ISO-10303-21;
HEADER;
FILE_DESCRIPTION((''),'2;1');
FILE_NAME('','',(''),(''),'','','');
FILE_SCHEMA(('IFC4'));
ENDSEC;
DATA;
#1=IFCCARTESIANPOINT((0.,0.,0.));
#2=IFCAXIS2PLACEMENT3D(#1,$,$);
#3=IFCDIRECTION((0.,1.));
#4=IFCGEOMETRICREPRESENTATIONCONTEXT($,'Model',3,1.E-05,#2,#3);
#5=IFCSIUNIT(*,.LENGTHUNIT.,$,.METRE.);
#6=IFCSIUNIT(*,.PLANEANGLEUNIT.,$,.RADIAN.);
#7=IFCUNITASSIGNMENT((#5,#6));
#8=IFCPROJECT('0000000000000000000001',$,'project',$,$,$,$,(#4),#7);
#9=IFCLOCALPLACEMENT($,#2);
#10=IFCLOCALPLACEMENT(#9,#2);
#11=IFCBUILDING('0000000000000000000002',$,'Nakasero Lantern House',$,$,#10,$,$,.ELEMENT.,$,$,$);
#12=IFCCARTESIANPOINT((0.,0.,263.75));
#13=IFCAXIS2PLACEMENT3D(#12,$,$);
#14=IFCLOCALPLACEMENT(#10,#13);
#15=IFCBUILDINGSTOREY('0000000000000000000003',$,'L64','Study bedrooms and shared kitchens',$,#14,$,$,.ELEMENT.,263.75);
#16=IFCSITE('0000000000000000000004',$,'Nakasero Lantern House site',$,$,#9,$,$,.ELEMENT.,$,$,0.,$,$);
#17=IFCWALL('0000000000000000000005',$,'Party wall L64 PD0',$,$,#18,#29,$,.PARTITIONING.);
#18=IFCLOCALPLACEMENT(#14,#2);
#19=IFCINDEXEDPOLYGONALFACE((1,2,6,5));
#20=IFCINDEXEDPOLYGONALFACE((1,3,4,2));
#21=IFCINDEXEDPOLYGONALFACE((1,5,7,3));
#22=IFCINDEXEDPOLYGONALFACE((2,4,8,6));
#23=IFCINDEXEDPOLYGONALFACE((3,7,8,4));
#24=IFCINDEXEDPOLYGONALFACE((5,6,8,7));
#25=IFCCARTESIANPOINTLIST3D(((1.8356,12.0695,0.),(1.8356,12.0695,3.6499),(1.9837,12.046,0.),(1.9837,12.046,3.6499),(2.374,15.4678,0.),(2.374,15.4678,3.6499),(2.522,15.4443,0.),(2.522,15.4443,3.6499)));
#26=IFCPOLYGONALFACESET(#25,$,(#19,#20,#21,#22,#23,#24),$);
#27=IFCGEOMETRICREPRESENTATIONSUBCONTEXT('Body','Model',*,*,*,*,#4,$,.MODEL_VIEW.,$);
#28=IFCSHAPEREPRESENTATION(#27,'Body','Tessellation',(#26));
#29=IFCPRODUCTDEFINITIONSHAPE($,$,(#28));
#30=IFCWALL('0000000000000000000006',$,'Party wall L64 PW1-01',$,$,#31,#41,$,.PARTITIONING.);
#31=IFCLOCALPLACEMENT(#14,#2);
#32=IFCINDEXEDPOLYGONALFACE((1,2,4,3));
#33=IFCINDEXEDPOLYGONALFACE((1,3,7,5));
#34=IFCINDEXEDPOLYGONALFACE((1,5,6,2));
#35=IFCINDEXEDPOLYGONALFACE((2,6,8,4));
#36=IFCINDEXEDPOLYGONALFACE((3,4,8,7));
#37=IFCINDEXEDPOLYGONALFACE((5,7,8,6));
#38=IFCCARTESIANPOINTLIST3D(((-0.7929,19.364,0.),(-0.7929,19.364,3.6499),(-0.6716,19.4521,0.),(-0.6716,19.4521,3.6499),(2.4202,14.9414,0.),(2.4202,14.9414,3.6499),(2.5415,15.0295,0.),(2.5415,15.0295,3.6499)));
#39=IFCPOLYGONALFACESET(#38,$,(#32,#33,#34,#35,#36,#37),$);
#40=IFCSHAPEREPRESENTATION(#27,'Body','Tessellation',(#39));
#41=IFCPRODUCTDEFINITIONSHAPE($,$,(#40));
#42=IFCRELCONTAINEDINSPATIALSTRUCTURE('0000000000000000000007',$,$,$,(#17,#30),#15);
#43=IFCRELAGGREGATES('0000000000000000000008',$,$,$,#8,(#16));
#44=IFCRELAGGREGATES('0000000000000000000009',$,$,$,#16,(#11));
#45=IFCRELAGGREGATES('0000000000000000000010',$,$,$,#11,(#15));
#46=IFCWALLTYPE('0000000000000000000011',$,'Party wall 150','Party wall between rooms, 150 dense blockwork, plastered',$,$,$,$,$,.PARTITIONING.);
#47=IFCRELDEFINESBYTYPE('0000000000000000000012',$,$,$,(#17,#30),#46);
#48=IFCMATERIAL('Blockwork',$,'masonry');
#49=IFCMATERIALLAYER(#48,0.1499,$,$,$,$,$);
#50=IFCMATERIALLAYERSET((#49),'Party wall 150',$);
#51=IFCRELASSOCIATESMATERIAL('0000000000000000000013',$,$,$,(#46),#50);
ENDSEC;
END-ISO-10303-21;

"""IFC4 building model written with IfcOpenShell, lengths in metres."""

from ifc_helpers import new_model, si_unit, direction, frame, frame_2d, origin, place, context, subcontext, project, spatial, rectangle, extrude, material, layer, layer_set, type_object, element, save


model = new_model("IFC4")

# Units and contexts
model_context = context("Model", 3, precision=1e-05, world=origin(), true_north=direction((0.0, 1.0)))
body_context = subcontext(model_context, "Body", "Model", "MODEL_VIEW")
ifc_project = project(units=[si_unit("LENGTHUNIT", "METRE"), si_unit("PLANEANGLEUNIT", "RADIAN")], contexts=[model_context])

# Site, building, storey
site_placement = place(None, origin())
site = spatial("IfcSite", under=ifc_project, at=site_placement, Name="Nakasero Lantern House site", CompositionType="ELEMENT", RefElevation=0.0)
building_placement = place(site_placement, origin())
building = spatial("IfcBuilding", under=site, at=building_placement, Name="Nakasero Lantern House", CompositionType="ELEMENT")
storey_placement = place(building_placement, frame((0.0, 0.0, 263.75)))
storey = spatial("IfcBuildingStorey", under=building, at=storey_placement, Name="L64", Description="Study bedrooms and shared kitchens", CompositionType="ELEMENT", Elevation=263.75)

# Shared definitions
ifc_material_1 = material(Name="Blockwork", Category="masonry")
ifc_layer_1 = layer(ifc_material_1, 0.1499)
ifc_layer_set_1 = layer_set([ifc_layer_1], Name="Party wall 150")
wall_type_1 = type_object("IfcWallType", Name="Party wall 150", Description="Party wall between rooms, 150 dense blockwork, plastered", PredefinedType="PARTITIONING", material=ifc_layer_set_1)

# Walls
wall_1_placement = place(storey_placement, frame((1.9097, 12.0579, 0.0), z_axis=(0.0, 0.0, 1.0), x_axis=(0.156465, 0.987683, 0.0)))
element("IfcWall", 1, at=wall_1_placement, inside=storey, type_object=wall_type_1, Name="Party wall L64 PD0", PredefinedType="PARTITIONING", context=body_context, shape_type="SweptSolid", body=[
    extrude(rectangle(XDim=3.4407, YDim=0.1499, at=frame_2d((1.7202, 0.0))), origin(), (0.0, 0.0, 1.0), 3.6499),
])
wall_2_placement = place(storey_placement, frame((2.481, 14.9854, 0.0), z_axis=(0.0, 0.0, 1.0), x_axis=(-0.587776, 0.809024, 0.0)))
element("IfcWall", 2, at=wall_2_placement, inside=storey, type_object=wall_type_1, Name="Party wall L64 PW1-01", PredefinedType="PARTITIONING", context=body_context, shape_type="SweptSolid", body=[
    extrude(rectangle(XDim=5.4666, YDim=0.1499, at=frame_2d((2.7334, 0.0))), origin(), (0.0, 0.0, 1.0), 3.6499),
])

save(model, "model.ifc")
